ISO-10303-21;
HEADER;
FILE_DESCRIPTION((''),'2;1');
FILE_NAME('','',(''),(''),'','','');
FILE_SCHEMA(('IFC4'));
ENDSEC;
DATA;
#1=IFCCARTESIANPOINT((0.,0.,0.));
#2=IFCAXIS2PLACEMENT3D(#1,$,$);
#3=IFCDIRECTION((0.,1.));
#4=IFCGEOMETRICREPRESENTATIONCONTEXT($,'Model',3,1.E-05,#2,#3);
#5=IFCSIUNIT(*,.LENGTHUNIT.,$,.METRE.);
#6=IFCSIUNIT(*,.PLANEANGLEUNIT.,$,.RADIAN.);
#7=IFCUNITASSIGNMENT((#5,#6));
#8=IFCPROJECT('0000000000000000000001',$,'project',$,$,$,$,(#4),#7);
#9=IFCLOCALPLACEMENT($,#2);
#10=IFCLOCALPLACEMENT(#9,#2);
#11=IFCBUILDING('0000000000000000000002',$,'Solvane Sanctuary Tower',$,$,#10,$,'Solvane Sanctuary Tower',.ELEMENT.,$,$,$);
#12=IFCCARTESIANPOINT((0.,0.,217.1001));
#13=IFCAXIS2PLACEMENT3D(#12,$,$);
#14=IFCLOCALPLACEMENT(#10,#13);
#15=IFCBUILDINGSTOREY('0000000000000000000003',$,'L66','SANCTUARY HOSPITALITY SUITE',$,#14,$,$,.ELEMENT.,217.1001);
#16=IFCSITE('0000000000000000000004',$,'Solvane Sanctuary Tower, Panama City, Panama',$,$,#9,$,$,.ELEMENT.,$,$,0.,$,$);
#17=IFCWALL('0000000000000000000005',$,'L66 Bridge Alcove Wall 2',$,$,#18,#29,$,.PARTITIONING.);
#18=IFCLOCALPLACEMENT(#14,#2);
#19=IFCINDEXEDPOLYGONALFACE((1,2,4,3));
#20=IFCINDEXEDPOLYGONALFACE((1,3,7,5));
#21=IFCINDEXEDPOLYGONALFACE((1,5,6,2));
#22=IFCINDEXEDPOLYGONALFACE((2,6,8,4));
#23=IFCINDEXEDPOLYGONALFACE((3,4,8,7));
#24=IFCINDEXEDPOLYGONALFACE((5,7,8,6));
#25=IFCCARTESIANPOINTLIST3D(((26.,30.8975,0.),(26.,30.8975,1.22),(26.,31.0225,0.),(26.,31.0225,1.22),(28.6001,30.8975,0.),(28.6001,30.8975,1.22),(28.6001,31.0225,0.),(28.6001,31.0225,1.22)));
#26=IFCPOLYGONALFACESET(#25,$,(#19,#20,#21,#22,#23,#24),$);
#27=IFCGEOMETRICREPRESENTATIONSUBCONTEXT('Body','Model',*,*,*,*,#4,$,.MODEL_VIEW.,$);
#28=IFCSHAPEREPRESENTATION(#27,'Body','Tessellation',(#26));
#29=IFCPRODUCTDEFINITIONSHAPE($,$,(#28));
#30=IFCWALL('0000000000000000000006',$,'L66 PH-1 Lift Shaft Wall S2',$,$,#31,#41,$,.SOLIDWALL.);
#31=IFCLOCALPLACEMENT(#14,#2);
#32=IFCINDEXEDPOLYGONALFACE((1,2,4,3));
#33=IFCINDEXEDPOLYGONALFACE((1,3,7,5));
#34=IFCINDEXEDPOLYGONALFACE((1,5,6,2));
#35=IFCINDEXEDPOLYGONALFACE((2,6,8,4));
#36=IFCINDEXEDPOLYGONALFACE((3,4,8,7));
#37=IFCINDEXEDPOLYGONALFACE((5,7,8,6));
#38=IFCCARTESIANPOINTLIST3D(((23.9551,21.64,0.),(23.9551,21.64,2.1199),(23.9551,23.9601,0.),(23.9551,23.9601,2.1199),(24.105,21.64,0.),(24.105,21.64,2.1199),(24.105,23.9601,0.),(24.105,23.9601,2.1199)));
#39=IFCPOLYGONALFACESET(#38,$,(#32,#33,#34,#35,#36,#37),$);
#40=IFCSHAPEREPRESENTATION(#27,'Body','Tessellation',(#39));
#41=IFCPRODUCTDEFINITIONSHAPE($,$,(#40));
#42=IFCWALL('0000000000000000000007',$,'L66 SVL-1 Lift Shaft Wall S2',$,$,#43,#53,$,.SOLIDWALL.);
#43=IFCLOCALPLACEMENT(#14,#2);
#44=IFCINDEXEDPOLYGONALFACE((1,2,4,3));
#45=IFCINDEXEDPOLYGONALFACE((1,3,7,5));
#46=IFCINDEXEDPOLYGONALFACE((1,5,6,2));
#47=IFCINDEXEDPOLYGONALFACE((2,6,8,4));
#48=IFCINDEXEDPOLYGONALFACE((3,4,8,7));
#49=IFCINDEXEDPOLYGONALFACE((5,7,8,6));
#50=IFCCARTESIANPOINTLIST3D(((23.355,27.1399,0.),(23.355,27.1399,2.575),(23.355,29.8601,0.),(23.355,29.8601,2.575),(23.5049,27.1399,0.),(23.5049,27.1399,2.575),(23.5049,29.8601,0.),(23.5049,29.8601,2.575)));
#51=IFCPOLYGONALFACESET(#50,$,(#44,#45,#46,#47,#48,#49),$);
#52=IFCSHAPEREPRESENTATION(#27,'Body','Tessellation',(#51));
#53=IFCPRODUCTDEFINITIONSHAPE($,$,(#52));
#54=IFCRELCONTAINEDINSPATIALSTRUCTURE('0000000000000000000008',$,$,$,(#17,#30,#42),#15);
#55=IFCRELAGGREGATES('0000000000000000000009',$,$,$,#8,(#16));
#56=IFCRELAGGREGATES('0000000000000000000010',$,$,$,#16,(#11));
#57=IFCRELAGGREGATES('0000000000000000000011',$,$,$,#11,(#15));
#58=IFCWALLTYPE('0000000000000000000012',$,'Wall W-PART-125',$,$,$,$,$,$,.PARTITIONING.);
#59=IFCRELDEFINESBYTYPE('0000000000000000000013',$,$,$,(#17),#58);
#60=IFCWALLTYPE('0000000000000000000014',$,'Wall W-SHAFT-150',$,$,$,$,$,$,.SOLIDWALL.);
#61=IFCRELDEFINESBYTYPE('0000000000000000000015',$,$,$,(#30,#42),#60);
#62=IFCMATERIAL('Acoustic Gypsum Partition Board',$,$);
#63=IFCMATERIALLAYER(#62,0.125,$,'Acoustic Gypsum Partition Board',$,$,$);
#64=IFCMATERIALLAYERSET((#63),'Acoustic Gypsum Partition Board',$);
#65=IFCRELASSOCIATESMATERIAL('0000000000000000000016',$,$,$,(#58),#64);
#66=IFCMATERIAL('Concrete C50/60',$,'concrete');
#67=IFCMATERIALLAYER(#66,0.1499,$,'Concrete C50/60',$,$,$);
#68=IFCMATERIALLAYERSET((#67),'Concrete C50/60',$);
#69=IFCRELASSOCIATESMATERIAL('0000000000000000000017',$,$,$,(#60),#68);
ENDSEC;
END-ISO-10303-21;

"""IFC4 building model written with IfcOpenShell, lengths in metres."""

from ifc_helpers import new_model, si_unit, direction, frame, frame_2d, origin, place, context, subcontext, project, spatial, rectangle, extrude, material, layer, layer_set, type_object, element, save


model = new_model("IFC4")

# Units and contexts
model_context = context("Model", 3, precision=1e-05, world=origin(), true_north=direction((0.0, 1.0)))
body_context = subcontext(model_context, "Body", "Model", "MODEL_VIEW")
ifc_project = project(units=[si_unit("LENGTHUNIT", "METRE"), si_unit("PLANEANGLEUNIT", "RADIAN")], contexts=[model_context])

# Site, building, storey
site_placement = place(None, origin())
site = spatial("IfcSite", under=ifc_project, at=site_placement, Name="Solvane Sanctuary Tower, Panama City, Panama", CompositionType="ELEMENT", RefElevation=0.0)
building_placement = place(site_placement, origin())
building = spatial("IfcBuilding", under=site, at=building_placement, Name="Solvane Sanctuary Tower", LongName="Solvane Sanctuary Tower", CompositionType="ELEMENT")
storey_placement = place(building_placement, frame((0.0, 0.0, 217.1001)))
storey = spatial("IfcBuildingStorey", under=building, at=storey_placement, Name="L66", Description="SANCTUARY HOSPITALITY SUITE", CompositionType="ELEMENT", Elevation=217.1001)

# Shared definitions
ifc_material_1 = material(Name="Concrete C50/60", Category="concrete")

# Shared definitions
ifc_material_2 = material(Name="Acoustic Gypsum Partition Board")

# Walls
ifc_layer_1 = layer(ifc_material_2, 0.125, Name="Acoustic Gypsum Partition Board")
ifc_layer_set_1 = layer_set([ifc_layer_1], Name="Acoustic Gypsum Partition Board")
wall_type_1 = type_object("IfcWallType", Name="Wall W-PART-125", PredefinedType="PARTITIONING", material=ifc_layer_set_1)
wall_1_placement = place(storey_placement, frame((26.0, 30.96, 0.0), z_axis=(0.0, 0.0, 1.0), x_axis=(1.0, 0.0, 0.0)))
element("IfcWall", 1, at=wall_1_placement, inside=storey, type_object=wall_type_1, Name="L66 Bridge Alcove Wall 2", PredefinedType="PARTITIONING", context=body_context, shape_type="SweptSolid", body=[
    extrude(rectangle(XDim=2.6001, YDim=0.125, at=frame_2d((1.3, 0.0))), origin(), (0.0, 0.0, 1.0), 1.22),
])
ifc_layer_2 = layer(ifc_material_1, 0.1499, Name="Concrete C50/60")
ifc_layer_set_2 = layer_set([ifc_layer_2], Name="Concrete C50/60")
wall_type_2 = type_object("IfcWallType", Name="Wall W-SHAFT-150", PredefinedType="SOLIDWALL", material=ifc_layer_set_2)
wall_2_placement = place(storey_placement, frame((24.03, 21.6399, 0.0), z_axis=(0.0, 0.0, 1.0), x_axis=(0.0, 1.0, 0.0)))
element("IfcWall", 2, at=wall_2_placement, inside=storey, type_object=wall_type_2, Name="L66 PH-1 Lift Shaft Wall S2", PredefinedType="SOLIDWALL", context=body_context, shape_type="SweptSolid", body=[
    extrude(rectangle(XDim=2.3201, YDim=0.1499, at=frame_2d((1.1602, 0.0))), origin(), (0.0, 0.0, 1.0), 2.1199),
])
wall_3_placement = place(storey_placement, frame((23.4299, 27.1399, 0.0), z_axis=(0.0, 0.0, 1.0), x_axis=(0.0, 1.0, 0.0)))
element("IfcWall", 3, at=wall_3_placement, inside=storey, type_object=wall_type_2, Name="L66 SVL-1 Lift Shaft Wall S2", PredefinedType="SOLIDWALL", context=body_context, shape_type="SweptSolid", body=[
    extrude(rectangle(XDim=2.7202, YDim=0.1499, at=frame_2d((1.3601, 0.0))), origin(), (0.0, 0.0, 1.0), 2.575),
])

save(model, "model.ifc")
